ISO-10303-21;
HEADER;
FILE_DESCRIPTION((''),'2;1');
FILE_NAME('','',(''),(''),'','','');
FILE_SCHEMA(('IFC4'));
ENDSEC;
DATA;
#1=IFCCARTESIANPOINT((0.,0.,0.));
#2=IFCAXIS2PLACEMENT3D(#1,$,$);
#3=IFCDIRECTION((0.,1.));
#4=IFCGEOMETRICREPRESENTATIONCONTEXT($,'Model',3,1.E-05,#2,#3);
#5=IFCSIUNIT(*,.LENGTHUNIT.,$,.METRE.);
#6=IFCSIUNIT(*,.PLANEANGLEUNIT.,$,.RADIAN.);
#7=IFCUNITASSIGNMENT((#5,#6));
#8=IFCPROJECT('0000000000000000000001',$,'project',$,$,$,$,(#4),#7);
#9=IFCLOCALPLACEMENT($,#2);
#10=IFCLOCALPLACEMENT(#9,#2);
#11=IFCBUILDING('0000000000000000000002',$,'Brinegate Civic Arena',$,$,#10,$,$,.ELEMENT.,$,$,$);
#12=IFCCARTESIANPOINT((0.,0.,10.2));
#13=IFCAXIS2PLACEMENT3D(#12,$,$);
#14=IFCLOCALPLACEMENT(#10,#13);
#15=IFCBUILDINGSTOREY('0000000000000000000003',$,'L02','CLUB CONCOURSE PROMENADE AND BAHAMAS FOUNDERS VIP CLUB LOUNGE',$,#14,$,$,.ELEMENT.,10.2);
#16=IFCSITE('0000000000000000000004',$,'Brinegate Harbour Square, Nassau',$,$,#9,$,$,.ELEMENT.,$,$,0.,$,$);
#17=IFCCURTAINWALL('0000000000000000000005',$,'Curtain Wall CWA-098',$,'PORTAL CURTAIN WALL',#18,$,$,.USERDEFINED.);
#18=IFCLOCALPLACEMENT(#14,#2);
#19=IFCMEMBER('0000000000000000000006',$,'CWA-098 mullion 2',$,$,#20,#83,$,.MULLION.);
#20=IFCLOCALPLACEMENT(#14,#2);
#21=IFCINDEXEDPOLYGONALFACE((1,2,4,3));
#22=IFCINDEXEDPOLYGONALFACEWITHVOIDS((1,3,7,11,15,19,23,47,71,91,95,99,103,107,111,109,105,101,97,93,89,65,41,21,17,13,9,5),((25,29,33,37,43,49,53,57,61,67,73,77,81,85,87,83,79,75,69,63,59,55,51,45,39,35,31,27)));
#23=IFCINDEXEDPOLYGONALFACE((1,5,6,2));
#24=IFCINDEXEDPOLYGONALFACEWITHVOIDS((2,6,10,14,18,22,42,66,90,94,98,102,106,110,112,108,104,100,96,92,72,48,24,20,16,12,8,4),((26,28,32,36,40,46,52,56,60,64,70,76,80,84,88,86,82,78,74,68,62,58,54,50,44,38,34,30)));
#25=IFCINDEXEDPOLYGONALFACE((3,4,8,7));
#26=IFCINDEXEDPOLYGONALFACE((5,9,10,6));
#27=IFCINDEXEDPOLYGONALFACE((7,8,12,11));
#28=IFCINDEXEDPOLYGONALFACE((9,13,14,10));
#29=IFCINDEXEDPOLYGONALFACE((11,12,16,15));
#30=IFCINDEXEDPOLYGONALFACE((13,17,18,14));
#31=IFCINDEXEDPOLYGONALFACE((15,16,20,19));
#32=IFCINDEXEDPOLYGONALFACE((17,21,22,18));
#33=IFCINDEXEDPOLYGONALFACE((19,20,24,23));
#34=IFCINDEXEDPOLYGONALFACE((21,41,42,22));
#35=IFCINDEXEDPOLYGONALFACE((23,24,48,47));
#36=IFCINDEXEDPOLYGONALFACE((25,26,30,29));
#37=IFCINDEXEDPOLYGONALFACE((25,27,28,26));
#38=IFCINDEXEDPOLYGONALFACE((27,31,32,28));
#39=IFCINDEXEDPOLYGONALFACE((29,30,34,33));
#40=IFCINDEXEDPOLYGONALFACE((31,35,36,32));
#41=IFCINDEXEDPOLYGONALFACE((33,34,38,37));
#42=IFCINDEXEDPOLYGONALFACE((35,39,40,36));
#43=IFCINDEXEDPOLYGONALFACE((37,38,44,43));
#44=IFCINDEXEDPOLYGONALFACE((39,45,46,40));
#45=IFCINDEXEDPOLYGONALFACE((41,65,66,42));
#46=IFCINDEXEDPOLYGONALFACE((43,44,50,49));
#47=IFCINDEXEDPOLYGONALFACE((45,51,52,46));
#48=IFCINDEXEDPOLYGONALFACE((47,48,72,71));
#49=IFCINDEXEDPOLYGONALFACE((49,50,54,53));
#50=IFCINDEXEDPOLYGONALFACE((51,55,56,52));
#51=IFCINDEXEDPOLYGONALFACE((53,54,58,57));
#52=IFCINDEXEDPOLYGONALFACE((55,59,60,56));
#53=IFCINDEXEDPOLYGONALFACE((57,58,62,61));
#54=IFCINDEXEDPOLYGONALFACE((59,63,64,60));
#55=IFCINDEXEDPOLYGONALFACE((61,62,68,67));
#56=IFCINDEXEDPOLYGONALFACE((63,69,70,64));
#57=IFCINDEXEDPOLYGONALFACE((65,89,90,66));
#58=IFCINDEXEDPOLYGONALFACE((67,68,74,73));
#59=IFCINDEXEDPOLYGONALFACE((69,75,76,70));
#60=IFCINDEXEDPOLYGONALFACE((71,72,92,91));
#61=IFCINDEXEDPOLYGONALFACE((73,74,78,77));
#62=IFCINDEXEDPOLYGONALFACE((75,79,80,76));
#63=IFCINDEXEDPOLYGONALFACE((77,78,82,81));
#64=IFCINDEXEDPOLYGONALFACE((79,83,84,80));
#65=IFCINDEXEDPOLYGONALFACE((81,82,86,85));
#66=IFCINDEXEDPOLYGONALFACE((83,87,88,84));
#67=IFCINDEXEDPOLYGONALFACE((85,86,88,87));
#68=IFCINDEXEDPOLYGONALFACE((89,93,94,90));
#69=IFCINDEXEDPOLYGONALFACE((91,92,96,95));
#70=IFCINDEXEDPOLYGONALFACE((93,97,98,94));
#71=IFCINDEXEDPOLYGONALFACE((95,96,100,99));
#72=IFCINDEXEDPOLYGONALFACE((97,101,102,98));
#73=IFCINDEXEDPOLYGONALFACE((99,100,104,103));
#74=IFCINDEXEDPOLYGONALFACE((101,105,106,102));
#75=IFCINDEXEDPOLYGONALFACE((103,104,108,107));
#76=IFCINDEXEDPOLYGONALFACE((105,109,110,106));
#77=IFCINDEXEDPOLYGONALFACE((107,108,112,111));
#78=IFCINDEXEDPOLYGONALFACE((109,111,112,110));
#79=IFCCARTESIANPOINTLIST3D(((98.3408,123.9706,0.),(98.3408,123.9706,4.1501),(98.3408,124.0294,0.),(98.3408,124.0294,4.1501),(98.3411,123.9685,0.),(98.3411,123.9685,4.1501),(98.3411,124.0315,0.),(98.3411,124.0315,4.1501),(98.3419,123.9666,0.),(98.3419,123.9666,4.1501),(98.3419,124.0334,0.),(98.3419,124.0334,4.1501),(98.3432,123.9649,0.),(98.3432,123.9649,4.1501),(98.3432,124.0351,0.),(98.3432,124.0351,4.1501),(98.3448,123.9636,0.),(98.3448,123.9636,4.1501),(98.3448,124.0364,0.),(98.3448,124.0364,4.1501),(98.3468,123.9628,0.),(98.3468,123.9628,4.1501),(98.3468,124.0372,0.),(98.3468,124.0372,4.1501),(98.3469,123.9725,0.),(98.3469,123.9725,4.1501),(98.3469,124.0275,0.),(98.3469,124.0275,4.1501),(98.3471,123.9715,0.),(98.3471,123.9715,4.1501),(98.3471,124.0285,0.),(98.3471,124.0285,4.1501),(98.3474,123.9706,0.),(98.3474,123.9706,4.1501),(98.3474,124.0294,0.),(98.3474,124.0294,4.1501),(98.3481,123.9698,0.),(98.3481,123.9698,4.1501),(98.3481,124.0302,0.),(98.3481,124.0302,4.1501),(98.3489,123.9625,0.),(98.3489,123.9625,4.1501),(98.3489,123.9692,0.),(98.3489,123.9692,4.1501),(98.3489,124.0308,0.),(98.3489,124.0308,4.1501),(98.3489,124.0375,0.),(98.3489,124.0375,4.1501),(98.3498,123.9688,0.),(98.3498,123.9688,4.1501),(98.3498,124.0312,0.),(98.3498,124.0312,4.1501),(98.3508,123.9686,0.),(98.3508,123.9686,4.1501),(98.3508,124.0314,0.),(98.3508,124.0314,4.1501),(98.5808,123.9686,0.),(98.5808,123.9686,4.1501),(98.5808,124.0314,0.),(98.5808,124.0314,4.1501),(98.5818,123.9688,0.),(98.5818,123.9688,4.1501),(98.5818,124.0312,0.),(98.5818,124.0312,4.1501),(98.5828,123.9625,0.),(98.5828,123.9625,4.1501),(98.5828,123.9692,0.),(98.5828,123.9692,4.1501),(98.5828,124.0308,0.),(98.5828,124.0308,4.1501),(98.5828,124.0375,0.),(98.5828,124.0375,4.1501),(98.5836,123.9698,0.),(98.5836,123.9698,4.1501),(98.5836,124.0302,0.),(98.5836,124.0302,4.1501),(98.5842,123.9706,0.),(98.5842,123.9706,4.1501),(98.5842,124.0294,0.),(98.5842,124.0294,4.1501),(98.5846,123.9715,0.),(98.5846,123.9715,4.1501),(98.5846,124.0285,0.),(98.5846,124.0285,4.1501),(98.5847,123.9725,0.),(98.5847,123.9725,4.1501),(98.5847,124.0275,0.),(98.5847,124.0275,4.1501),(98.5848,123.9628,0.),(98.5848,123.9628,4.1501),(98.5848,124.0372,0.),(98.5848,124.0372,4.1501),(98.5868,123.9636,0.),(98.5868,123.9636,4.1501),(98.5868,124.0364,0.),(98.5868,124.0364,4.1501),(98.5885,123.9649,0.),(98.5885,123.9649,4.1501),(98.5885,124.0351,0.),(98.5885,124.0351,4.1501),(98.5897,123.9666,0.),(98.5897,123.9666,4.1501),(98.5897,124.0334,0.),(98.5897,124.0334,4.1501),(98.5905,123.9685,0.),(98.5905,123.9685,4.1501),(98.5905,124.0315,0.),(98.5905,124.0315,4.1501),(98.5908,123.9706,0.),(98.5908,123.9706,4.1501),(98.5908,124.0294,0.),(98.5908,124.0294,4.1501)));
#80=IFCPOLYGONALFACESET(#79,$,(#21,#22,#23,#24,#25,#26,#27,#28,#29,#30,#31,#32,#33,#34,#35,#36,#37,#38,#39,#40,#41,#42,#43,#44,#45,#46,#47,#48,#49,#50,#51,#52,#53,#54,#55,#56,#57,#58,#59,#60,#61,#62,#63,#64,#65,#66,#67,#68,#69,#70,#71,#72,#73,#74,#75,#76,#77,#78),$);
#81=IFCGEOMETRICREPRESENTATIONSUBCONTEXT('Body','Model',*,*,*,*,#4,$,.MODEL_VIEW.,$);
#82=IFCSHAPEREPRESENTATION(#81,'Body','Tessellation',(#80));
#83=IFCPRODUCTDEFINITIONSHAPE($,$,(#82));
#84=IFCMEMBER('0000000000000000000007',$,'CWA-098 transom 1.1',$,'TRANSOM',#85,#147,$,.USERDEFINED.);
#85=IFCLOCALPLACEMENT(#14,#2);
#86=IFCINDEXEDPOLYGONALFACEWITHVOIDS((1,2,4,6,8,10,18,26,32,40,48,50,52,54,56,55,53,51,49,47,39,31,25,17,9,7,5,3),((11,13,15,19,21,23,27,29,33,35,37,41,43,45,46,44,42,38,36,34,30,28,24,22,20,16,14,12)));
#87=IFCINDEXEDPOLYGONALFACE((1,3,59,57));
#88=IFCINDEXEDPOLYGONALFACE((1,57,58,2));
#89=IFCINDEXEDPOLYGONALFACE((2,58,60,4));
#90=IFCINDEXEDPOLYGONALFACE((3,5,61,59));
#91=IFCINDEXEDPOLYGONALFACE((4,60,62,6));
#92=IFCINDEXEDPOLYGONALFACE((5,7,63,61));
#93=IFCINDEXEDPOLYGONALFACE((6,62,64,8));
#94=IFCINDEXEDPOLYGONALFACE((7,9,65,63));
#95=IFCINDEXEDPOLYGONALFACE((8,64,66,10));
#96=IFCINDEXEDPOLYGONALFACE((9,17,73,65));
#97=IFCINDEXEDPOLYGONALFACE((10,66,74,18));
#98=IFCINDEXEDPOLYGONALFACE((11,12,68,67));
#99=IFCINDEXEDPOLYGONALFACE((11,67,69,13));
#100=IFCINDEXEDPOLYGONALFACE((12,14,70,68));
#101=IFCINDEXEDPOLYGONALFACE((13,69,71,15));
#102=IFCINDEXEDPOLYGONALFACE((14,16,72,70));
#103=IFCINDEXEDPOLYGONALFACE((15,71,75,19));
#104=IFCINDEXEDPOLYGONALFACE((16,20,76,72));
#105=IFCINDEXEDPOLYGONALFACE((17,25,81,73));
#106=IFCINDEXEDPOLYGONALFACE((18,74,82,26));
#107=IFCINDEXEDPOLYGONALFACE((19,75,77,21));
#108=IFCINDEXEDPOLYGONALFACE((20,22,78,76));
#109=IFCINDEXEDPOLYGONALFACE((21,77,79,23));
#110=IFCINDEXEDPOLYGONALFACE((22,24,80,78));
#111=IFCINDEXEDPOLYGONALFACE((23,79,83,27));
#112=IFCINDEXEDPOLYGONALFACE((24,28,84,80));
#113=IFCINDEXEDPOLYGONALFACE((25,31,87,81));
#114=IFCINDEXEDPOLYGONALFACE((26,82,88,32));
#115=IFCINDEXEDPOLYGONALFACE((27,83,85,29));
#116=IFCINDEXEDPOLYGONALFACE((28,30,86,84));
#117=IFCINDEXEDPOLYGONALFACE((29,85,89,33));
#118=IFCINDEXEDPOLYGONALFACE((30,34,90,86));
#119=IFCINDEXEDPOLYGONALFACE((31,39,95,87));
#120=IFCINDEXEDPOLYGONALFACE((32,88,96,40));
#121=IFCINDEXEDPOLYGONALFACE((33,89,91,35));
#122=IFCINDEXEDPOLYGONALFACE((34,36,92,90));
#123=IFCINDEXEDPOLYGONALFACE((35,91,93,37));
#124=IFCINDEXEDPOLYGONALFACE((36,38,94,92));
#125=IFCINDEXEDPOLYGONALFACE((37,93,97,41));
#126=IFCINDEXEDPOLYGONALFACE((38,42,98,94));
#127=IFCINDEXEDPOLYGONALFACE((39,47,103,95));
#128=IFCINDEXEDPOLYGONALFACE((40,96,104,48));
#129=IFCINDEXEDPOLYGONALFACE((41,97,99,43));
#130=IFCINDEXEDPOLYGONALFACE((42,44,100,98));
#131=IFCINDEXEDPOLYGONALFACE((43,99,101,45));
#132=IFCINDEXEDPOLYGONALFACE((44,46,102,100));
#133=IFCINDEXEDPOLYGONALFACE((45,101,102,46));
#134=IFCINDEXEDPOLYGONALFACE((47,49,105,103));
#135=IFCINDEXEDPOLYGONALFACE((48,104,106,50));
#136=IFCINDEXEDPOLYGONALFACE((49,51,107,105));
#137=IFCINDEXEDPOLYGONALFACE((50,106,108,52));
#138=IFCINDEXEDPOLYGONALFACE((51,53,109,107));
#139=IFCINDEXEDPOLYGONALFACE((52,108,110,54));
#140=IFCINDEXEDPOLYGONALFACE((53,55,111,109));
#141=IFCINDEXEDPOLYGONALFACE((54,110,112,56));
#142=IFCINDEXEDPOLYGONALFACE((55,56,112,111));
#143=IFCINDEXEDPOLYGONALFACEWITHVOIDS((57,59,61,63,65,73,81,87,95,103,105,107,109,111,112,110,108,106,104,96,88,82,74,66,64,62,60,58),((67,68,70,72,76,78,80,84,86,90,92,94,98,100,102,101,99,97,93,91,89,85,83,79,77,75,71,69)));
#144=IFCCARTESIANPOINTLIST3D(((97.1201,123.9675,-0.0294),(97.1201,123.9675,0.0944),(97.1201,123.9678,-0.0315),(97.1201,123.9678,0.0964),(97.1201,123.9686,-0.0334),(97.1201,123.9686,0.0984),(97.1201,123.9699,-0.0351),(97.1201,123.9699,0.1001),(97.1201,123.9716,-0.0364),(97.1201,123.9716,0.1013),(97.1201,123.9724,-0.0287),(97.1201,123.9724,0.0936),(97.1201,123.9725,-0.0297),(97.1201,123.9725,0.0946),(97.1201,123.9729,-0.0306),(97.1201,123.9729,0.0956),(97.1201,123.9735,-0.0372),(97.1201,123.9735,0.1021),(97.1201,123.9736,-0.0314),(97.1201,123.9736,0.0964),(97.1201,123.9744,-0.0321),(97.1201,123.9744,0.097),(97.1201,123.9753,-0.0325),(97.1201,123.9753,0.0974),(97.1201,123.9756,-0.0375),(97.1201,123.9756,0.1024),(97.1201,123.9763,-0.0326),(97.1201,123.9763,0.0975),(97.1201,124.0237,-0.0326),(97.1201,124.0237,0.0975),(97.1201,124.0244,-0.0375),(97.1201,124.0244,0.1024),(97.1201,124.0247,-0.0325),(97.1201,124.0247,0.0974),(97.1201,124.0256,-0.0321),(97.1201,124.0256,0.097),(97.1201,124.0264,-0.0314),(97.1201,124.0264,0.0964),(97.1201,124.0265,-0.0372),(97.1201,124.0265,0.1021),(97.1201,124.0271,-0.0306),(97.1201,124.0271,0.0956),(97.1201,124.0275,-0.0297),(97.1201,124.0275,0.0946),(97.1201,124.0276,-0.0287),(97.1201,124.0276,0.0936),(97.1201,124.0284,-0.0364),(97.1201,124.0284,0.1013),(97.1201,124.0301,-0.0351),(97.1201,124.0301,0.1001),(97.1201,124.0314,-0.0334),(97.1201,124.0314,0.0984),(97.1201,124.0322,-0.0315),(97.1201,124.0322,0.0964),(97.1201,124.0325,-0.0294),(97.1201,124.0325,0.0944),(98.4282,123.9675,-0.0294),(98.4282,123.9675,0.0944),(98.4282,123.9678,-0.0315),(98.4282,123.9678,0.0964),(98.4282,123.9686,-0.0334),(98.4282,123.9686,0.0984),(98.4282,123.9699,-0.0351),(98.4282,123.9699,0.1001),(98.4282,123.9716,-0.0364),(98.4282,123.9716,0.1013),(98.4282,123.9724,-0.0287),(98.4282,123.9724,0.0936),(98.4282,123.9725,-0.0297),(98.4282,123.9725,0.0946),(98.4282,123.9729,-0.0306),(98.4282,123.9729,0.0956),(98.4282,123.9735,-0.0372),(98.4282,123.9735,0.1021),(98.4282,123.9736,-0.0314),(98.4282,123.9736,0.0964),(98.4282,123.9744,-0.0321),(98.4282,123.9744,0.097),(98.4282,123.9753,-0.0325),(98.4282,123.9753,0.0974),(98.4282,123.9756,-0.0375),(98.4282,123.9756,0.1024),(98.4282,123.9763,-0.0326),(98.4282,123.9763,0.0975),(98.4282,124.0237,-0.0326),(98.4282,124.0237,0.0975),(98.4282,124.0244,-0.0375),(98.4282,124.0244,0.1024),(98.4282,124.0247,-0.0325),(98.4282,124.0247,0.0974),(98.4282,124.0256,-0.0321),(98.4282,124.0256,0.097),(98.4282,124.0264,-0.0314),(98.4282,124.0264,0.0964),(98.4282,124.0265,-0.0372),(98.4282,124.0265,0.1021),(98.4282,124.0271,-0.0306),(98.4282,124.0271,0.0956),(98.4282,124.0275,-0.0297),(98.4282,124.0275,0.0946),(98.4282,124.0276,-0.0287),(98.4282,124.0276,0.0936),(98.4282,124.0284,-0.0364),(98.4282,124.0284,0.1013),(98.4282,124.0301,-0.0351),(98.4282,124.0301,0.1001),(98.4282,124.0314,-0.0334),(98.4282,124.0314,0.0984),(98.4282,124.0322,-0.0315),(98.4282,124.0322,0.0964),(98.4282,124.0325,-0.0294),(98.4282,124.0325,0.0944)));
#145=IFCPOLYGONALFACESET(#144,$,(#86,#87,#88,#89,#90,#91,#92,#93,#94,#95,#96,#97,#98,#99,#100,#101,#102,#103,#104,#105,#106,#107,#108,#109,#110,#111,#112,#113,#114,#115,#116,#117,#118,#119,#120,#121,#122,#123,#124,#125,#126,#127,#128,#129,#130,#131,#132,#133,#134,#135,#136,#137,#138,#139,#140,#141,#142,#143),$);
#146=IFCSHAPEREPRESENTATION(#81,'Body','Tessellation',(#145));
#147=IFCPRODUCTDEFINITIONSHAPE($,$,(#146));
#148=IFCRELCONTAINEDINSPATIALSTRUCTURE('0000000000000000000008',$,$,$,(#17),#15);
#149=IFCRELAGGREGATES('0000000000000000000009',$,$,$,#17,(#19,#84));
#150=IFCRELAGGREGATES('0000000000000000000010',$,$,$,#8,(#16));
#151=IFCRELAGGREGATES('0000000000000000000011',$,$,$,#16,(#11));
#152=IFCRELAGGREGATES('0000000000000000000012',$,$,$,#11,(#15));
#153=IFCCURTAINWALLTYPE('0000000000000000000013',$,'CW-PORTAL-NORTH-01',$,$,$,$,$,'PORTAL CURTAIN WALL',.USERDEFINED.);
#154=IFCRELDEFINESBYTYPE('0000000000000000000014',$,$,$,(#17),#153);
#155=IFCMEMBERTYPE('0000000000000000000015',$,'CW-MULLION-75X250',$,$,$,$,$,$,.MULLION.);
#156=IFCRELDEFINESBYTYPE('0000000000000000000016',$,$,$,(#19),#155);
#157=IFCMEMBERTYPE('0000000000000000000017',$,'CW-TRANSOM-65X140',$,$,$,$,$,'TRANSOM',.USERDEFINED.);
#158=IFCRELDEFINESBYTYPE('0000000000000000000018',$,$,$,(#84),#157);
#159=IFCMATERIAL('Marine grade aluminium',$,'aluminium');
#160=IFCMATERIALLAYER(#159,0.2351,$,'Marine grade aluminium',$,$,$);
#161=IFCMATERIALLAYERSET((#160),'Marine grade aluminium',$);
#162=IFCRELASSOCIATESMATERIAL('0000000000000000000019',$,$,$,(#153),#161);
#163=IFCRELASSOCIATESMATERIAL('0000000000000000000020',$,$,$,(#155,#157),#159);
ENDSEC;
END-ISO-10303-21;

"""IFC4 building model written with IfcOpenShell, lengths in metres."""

from ifc_helpers import new_model, si_unit, direction, frame, origin, origin_2d, place, context, subcontext, project, spatial, hollow_rectangle, extrude, material, layer, layer_set, material_profile, profile_set, type_object, element, aggregate, save


model = new_model("IFC4")

# Units and contexts
model_context = context("Model", 3, precision=1e-05, world=origin(), true_north=direction((0.0, 1.0)))
body_context = subcontext(model_context, "Body", "Model", "MODEL_VIEW")
ifc_project = project(units=[si_unit("LENGTHUNIT", "METRE"), si_unit("PLANEANGLEUNIT", "RADIAN")], contexts=[model_context])

# Site, building, storey
site_placement = place(None, origin())
site = spatial("IfcSite", under=ifc_project, at=site_placement, Name="Brinegate Harbour Square, Nassau", CompositionType="ELEMENT", RefElevation=0.0)
building_placement = place(site_placement, origin())
building = spatial("IfcBuilding", under=site, at=building_placement, Name="Brinegate Civic Arena", CompositionType="ELEMENT")
storey_placement = place(building_placement, frame((0.0, 0.0, 10.2)))
storey = spatial("IfcBuildingStorey", under=building, at=storey_placement, Name="L02", Description="CLUB CONCOURSE PROMENADE AND BAHAMAS FOUNDERS VIP CLUB LOUNGE", CompositionType="ELEMENT", Elevation=10.2)

# Curtain wall, members
ifc_material_1 = material(Name="Marine grade aluminium", Category="aluminium")
ifc_layer_1 = layer(ifc_material_1, 0.2351, Name="Marine grade aluminium")
ifc_layer_set_1 = layer_set([ifc_layer_1], Name="Marine grade aluminium")
curtain_wall_type = type_object("IfcCurtainWallType", Name="CW-PORTAL-NORTH-01", ElementType="PORTAL CURTAIN WALL", PredefinedType="USERDEFINED", material=ifc_layer_set_1)
curtain_wall_1_placement = place(storey_placement, origin())
curtain_wall_1 = element("IfcCurtainWall", 1, at=curtain_wall_1_placement, inside=storey, type_object=curtain_wall_type, Name="Curtain Wall CWA-098", ObjectType="PORTAL CURTAIN WALL", PredefinedType="USERDEFINED")
ifc_material_profile_1 = material_profile(ifc_material_1, hollow_rectangle(XDim=0.075, YDim=0.25, WallThickness=0.0061, InnerFilletRadius=0.0039, OuterFilletRadius=0.0081, at=origin_2d()), Name="MUL75X250")
ifc_profile_set_1 = profile_set([ifc_material_profile_1], Name="Marine grade aluminium")
member_type_1 = type_object("IfcMemberType", Name="CW-MULLION-75X250", PredefinedType="MULLION", material=ifc_profile_set_1)
member_1_placement = place(storey_placement, frame((98.4658, 124.0, 0.0), z_axis=(0.0, 0.0, 1.0), x_axis=(0.0, 1.0, 0.0)))
member_1 = element("IfcMember", 2, at=member_1_placement, type_object=member_type_1, Name="CWA-098 mullion 2", PredefinedType="MULLION", context=body_context, shape_type="SweptSolid", body=[
    extrude(hollow_rectangle(XDim=0.075, YDim=0.25, WallThickness=0.0061, InnerFilletRadius=0.0039, OuterFilletRadius=0.0081, at=origin_2d()), origin(), (0.0, 0.0, 1.0), 4.1501),
])
ifc_material_profile_2 = material_profile(ifc_material_1, hollow_rectangle(XDim=0.0649, YDim=0.1399, WallThickness=0.0049, InnerFilletRadius=0.0039, OuterFilletRadius=0.0081, at=origin_2d()), Name="TRN65X140")
ifc_profile_set_2 = profile_set([ifc_material_profile_2], Name="Marine grade aluminium")
member_type_2 = type_object("IfcMemberType", Name="CW-TRANSOM-65X140", ElementType="TRANSOM", PredefinedType="USERDEFINED", material=ifc_profile_set_2)
member_2_placement = place(storey_placement, frame((97.1201, 124.0, 0.0325), z_axis=(1.0, 0.0, 0.0), x_axis=(0.0, 1.0, 0.0)))
member_2 = element("IfcMember", 3, at=member_2_placement, type_object=member_type_2, Name="CWA-098 transom 1.1", ObjectType="TRANSOM", PredefinedType="USERDEFINED", context=body_context, shape_type="SweptSolid", body=[
    extrude(hollow_rectangle(XDim=0.0649, YDim=0.1399, WallThickness=0.0049, InnerFilletRadius=0.0039, OuterFilletRadius=0.0081, at=origin_2d()), origin(), (0.0, 0.0, 1.0), 1.3081),
])

aggregate(curtain_wall_1, [member_1, member_2])

save(model, "model.ifc")
